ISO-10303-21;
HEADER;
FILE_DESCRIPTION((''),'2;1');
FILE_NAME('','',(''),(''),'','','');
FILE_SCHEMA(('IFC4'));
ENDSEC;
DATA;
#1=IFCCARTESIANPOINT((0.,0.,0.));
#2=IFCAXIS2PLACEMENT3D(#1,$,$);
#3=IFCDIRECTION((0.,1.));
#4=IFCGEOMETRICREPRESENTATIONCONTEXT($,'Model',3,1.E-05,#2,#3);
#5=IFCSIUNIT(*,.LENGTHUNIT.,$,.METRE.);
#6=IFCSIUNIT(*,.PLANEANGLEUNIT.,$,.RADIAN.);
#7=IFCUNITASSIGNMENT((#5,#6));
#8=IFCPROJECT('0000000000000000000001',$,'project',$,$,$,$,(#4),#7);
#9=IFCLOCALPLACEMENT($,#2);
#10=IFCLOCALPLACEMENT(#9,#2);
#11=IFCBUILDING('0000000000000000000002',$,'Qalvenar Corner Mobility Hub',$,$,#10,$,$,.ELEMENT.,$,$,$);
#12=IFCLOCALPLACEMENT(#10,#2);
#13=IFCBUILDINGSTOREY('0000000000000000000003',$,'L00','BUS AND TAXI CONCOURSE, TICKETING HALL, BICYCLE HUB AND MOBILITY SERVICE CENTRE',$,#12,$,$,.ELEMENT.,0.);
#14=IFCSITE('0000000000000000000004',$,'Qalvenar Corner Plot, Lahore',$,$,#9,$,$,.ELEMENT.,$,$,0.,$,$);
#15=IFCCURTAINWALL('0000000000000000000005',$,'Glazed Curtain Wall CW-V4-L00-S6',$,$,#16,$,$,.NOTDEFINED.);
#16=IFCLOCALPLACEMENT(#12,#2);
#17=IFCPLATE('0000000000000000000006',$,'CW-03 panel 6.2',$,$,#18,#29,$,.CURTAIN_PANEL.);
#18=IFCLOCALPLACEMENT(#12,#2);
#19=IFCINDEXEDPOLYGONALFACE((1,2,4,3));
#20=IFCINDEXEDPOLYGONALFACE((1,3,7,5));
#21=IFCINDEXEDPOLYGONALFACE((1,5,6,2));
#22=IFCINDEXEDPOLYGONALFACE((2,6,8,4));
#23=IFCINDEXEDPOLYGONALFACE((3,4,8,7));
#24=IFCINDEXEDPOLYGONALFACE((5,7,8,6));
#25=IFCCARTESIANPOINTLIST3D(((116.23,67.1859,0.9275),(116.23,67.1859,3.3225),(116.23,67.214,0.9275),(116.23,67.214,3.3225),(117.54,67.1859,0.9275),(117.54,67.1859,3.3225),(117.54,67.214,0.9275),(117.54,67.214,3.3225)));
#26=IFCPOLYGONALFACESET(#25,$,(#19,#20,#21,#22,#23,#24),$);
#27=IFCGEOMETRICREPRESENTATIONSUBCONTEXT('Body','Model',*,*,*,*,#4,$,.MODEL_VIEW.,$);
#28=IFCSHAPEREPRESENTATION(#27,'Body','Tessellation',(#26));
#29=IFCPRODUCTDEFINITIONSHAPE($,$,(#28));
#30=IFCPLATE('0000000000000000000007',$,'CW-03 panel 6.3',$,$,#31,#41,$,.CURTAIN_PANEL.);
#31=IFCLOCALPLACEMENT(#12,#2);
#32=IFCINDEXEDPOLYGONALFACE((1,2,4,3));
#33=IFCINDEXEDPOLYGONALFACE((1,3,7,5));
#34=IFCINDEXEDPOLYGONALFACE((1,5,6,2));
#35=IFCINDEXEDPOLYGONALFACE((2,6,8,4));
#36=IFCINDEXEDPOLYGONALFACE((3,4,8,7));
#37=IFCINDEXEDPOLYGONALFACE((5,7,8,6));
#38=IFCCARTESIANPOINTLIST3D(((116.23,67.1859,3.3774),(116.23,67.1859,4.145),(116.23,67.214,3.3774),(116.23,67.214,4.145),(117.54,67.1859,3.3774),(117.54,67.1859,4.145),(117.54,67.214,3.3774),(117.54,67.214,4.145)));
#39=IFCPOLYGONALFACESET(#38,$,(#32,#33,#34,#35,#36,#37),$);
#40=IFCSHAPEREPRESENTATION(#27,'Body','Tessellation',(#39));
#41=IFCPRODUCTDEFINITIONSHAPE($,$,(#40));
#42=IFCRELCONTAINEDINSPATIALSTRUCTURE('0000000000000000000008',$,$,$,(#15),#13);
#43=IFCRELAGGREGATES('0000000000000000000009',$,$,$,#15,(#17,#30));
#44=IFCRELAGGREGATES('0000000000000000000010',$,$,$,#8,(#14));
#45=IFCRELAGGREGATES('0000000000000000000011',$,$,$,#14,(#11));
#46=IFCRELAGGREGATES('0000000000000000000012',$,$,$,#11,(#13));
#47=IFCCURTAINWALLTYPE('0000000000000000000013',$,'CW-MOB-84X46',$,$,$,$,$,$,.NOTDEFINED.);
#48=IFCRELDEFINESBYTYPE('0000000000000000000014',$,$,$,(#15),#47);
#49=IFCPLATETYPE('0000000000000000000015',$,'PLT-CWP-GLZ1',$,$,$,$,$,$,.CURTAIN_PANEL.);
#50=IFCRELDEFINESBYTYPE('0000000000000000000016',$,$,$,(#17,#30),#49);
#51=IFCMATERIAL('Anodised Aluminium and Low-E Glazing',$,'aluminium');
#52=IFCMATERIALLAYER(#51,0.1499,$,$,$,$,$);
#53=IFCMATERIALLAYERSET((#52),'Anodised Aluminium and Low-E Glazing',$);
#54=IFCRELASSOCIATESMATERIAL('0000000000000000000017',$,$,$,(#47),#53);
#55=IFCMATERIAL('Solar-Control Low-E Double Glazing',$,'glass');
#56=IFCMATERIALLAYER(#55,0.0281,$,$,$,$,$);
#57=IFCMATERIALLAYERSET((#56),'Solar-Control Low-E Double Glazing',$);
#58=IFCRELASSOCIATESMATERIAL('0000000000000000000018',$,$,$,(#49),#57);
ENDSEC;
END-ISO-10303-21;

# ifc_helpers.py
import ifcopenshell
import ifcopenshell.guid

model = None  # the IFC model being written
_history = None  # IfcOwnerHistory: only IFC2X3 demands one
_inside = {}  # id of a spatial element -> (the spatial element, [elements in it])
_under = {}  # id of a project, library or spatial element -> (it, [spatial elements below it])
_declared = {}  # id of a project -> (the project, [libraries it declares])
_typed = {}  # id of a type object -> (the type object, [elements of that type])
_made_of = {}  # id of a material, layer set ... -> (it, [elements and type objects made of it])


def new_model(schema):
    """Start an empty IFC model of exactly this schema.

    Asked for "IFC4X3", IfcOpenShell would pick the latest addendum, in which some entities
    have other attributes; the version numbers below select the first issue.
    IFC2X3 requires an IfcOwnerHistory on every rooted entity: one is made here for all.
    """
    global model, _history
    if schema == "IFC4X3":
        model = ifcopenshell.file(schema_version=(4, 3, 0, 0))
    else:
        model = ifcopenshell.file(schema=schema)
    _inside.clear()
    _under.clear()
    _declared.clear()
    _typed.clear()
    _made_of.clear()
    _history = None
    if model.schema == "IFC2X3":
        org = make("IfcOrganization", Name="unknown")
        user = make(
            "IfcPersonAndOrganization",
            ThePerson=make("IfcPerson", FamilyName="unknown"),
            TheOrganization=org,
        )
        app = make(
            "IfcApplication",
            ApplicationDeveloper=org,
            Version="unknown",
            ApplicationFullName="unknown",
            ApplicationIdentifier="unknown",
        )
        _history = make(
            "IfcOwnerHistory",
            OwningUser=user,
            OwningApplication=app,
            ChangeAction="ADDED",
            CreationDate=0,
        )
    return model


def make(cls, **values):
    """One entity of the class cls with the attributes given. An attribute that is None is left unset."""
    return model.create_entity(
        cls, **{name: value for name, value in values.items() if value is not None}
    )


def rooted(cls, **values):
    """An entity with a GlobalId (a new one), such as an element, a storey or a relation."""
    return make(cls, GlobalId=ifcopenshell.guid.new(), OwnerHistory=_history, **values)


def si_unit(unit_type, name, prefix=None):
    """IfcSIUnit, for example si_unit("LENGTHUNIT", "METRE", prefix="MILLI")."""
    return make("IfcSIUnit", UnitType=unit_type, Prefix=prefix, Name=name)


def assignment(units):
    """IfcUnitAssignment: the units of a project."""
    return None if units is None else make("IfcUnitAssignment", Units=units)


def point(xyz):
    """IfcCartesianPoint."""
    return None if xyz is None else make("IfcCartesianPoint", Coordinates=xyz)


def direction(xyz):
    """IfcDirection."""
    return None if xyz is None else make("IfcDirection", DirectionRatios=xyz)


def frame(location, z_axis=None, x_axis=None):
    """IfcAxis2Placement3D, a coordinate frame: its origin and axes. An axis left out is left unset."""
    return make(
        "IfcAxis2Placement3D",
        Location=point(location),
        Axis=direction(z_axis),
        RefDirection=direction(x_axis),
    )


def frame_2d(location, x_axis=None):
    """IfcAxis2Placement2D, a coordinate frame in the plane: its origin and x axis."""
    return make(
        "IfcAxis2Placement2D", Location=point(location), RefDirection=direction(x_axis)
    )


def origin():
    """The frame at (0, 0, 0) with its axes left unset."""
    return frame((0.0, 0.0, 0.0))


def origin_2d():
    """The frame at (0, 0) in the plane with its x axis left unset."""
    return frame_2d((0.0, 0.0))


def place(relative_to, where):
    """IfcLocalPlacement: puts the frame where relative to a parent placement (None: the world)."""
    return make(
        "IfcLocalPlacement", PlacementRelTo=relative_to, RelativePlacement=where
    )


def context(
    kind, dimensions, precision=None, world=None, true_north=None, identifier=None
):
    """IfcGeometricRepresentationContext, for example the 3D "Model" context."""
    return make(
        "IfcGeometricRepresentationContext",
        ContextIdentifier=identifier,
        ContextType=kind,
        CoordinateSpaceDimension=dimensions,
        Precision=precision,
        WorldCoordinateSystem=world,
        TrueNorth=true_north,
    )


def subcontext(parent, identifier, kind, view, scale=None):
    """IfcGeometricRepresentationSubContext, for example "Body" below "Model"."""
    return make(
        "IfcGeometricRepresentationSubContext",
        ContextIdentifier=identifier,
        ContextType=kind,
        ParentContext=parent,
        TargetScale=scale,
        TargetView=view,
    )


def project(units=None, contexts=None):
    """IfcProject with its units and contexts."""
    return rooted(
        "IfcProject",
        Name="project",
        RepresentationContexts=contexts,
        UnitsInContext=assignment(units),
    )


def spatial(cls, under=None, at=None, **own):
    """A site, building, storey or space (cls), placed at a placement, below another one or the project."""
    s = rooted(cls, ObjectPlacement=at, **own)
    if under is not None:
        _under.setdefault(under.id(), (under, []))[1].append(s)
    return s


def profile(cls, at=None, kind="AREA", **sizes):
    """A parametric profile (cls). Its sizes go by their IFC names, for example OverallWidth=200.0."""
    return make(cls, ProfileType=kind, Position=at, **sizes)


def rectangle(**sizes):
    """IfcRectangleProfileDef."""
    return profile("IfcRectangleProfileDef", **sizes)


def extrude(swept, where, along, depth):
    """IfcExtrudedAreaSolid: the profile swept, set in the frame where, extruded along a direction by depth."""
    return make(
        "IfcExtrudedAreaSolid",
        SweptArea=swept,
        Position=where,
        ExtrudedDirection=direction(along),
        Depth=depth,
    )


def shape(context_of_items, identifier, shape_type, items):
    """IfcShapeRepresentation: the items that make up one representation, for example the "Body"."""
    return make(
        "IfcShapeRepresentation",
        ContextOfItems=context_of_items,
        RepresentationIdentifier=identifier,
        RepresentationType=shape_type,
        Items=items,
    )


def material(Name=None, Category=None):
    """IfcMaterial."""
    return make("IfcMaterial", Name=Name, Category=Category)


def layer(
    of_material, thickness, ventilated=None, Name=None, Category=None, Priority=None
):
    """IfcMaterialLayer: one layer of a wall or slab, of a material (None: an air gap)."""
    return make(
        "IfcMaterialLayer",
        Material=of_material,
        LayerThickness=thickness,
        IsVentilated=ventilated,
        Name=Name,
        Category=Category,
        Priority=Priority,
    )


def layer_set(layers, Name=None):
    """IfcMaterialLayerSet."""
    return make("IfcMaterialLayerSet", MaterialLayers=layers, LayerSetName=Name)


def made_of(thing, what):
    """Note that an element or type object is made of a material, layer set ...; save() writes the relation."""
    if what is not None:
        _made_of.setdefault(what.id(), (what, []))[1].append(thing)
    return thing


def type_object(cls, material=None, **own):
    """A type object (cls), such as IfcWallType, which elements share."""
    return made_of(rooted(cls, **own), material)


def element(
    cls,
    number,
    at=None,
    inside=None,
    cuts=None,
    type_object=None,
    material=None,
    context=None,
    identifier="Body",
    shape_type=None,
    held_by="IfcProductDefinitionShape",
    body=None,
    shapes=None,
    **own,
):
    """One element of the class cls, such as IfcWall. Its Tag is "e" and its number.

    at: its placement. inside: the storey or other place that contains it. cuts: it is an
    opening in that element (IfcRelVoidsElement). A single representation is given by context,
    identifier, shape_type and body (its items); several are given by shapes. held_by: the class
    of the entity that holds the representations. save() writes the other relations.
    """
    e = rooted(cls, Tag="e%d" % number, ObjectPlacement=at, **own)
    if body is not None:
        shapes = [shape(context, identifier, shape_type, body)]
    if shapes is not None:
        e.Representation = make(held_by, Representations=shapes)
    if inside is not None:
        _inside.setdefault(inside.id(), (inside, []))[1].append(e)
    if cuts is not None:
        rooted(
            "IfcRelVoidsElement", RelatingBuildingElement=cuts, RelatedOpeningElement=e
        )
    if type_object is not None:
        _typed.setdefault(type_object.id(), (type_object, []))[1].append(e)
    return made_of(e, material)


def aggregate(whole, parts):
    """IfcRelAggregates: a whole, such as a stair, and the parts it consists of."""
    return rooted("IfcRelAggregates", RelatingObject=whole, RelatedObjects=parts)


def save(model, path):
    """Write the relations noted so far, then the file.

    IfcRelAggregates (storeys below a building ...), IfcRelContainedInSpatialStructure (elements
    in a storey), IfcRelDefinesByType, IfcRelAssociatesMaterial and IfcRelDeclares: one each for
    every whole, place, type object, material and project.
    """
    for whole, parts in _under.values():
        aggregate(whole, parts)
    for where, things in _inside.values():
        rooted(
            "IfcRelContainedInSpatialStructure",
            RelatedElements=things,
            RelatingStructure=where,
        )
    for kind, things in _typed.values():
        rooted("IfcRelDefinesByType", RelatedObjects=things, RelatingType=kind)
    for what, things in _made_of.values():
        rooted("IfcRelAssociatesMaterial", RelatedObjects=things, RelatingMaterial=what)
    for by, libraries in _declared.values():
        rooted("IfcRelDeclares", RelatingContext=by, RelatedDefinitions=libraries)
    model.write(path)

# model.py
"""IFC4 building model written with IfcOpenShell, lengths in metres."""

from ifc_helpers import new_model, si_unit, direction, frame, origin, origin_2d, place, context, subcontext, project, spatial, rectangle, extrude, material, layer, layer_set, type_object, element, aggregate, save


model = new_model("IFC4")

# Units and contexts
model_context = context("Model", 3, precision=1e-05, world=origin(), true_north=direction((0.0, 1.0)))
body_context = subcontext(model_context, "Body", "Model", "MODEL_VIEW")
ifc_project = project(units=[si_unit("LENGTHUNIT", "METRE"), si_unit("PLANEANGLEUNIT", "RADIAN")], contexts=[model_context])

# Site, building, storey
site_placement = place(None, origin())
site = spatial("IfcSite", under=ifc_project, at=site_placement, Name="Qalvenar Corner Plot, Lahore", CompositionType="ELEMENT", RefElevation=0.0)
building_placement = place(site_placement, origin())
building = spatial("IfcBuilding", under=site, at=building_placement, Name="Qalvenar Corner Mobility Hub", CompositionType="ELEMENT")
storey_placement = place(building_placement, origin())
storey = spatial("IfcBuildingStorey", under=building, at=storey_placement, Name="L00", Description="BUS AND TAXI CONCOURSE, TICKETING HALL, BICYCLE HUB AND MOBILITY SERVICE CENTRE", CompositionType="ELEMENT", Elevation=0.0)

# Curtain wall, plates
ifc_material_1 = material(Name="Anodised Aluminium and Low-E Glazing", Category="aluminium")
ifc_layer_1 = layer(ifc_material_1, 0.1499)
ifc_layer_set_1 = layer_set([ifc_layer_1], Name="Anodised Aluminium and Low-E Glazing")
curtain_wall_type = type_object("IfcCurtainWallType", Name="CW-MOB-84X46", PredefinedType="NOTDEFINED", material=ifc_layer_set_1)
curtain_wall_placement = place(storey_placement, origin())
curtain_wall = element("IfcCurtainWall", 1, at=curtain_wall_placement, inside=storey, type_object=curtain_wall_type, Name="Glazed Curtain Wall CW-V4-L00-S6", PredefinedType="NOTDEFINED")
ifc_material_2 = material(Name="Solar-Control Low-E Double Glazing", Category="glass")
ifc_layer_2 = layer(ifc_material_2, 0.0281)
ifc_layer_set_2 = layer_set([ifc_layer_2], Name="Solar-Control Low-E Double Glazing")
plate_type = type_object("IfcPlateType", Name="PLT-CWP-GLZ1", PredefinedType="CURTAIN_PANEL", material=ifc_layer_set_2)
plate_1_placement = place(storey_placement, frame((116.885, 67.2, 0.9275), z_axis=(0.0, 0.0, 1.0), x_axis=(1.0, 0.0, 0.0)))
plate_1 = element("IfcPlate", 2, at=plate_1_placement, type_object=plate_type, Name="CW-03 panel 6.2", PredefinedType="CURTAIN_PANEL", context=body_context, shape_type="SweptSolid", body=[
    extrude(rectangle(XDim=1.3101, YDim=0.0281, at=origin_2d()), origin(), (0.0, 0.0, 1.0), 2.395),
])
plate_2_placement = place(storey_placement, frame((116.885, 67.2, 3.3774), z_axis=(0.0, 0.0, 1.0), x_axis=(1.0, 0.0, 0.0)))
plate_2 = element("IfcPlate", 3, at=plate_2_placement, type_object=plate_type, Name="CW-03 panel 6.3", PredefinedType="CURTAIN_PANEL", context=body_context, shape_type="SweptSolid", body=[
    extrude(rectangle(XDim=1.3101, YDim=0.0281, at=origin_2d()), origin(), (0.0, 0.0, 1.0), 0.7676),
])
aggregate(curtain_wall, [plate_1, plate_2])

save(model, "model.ifc")
